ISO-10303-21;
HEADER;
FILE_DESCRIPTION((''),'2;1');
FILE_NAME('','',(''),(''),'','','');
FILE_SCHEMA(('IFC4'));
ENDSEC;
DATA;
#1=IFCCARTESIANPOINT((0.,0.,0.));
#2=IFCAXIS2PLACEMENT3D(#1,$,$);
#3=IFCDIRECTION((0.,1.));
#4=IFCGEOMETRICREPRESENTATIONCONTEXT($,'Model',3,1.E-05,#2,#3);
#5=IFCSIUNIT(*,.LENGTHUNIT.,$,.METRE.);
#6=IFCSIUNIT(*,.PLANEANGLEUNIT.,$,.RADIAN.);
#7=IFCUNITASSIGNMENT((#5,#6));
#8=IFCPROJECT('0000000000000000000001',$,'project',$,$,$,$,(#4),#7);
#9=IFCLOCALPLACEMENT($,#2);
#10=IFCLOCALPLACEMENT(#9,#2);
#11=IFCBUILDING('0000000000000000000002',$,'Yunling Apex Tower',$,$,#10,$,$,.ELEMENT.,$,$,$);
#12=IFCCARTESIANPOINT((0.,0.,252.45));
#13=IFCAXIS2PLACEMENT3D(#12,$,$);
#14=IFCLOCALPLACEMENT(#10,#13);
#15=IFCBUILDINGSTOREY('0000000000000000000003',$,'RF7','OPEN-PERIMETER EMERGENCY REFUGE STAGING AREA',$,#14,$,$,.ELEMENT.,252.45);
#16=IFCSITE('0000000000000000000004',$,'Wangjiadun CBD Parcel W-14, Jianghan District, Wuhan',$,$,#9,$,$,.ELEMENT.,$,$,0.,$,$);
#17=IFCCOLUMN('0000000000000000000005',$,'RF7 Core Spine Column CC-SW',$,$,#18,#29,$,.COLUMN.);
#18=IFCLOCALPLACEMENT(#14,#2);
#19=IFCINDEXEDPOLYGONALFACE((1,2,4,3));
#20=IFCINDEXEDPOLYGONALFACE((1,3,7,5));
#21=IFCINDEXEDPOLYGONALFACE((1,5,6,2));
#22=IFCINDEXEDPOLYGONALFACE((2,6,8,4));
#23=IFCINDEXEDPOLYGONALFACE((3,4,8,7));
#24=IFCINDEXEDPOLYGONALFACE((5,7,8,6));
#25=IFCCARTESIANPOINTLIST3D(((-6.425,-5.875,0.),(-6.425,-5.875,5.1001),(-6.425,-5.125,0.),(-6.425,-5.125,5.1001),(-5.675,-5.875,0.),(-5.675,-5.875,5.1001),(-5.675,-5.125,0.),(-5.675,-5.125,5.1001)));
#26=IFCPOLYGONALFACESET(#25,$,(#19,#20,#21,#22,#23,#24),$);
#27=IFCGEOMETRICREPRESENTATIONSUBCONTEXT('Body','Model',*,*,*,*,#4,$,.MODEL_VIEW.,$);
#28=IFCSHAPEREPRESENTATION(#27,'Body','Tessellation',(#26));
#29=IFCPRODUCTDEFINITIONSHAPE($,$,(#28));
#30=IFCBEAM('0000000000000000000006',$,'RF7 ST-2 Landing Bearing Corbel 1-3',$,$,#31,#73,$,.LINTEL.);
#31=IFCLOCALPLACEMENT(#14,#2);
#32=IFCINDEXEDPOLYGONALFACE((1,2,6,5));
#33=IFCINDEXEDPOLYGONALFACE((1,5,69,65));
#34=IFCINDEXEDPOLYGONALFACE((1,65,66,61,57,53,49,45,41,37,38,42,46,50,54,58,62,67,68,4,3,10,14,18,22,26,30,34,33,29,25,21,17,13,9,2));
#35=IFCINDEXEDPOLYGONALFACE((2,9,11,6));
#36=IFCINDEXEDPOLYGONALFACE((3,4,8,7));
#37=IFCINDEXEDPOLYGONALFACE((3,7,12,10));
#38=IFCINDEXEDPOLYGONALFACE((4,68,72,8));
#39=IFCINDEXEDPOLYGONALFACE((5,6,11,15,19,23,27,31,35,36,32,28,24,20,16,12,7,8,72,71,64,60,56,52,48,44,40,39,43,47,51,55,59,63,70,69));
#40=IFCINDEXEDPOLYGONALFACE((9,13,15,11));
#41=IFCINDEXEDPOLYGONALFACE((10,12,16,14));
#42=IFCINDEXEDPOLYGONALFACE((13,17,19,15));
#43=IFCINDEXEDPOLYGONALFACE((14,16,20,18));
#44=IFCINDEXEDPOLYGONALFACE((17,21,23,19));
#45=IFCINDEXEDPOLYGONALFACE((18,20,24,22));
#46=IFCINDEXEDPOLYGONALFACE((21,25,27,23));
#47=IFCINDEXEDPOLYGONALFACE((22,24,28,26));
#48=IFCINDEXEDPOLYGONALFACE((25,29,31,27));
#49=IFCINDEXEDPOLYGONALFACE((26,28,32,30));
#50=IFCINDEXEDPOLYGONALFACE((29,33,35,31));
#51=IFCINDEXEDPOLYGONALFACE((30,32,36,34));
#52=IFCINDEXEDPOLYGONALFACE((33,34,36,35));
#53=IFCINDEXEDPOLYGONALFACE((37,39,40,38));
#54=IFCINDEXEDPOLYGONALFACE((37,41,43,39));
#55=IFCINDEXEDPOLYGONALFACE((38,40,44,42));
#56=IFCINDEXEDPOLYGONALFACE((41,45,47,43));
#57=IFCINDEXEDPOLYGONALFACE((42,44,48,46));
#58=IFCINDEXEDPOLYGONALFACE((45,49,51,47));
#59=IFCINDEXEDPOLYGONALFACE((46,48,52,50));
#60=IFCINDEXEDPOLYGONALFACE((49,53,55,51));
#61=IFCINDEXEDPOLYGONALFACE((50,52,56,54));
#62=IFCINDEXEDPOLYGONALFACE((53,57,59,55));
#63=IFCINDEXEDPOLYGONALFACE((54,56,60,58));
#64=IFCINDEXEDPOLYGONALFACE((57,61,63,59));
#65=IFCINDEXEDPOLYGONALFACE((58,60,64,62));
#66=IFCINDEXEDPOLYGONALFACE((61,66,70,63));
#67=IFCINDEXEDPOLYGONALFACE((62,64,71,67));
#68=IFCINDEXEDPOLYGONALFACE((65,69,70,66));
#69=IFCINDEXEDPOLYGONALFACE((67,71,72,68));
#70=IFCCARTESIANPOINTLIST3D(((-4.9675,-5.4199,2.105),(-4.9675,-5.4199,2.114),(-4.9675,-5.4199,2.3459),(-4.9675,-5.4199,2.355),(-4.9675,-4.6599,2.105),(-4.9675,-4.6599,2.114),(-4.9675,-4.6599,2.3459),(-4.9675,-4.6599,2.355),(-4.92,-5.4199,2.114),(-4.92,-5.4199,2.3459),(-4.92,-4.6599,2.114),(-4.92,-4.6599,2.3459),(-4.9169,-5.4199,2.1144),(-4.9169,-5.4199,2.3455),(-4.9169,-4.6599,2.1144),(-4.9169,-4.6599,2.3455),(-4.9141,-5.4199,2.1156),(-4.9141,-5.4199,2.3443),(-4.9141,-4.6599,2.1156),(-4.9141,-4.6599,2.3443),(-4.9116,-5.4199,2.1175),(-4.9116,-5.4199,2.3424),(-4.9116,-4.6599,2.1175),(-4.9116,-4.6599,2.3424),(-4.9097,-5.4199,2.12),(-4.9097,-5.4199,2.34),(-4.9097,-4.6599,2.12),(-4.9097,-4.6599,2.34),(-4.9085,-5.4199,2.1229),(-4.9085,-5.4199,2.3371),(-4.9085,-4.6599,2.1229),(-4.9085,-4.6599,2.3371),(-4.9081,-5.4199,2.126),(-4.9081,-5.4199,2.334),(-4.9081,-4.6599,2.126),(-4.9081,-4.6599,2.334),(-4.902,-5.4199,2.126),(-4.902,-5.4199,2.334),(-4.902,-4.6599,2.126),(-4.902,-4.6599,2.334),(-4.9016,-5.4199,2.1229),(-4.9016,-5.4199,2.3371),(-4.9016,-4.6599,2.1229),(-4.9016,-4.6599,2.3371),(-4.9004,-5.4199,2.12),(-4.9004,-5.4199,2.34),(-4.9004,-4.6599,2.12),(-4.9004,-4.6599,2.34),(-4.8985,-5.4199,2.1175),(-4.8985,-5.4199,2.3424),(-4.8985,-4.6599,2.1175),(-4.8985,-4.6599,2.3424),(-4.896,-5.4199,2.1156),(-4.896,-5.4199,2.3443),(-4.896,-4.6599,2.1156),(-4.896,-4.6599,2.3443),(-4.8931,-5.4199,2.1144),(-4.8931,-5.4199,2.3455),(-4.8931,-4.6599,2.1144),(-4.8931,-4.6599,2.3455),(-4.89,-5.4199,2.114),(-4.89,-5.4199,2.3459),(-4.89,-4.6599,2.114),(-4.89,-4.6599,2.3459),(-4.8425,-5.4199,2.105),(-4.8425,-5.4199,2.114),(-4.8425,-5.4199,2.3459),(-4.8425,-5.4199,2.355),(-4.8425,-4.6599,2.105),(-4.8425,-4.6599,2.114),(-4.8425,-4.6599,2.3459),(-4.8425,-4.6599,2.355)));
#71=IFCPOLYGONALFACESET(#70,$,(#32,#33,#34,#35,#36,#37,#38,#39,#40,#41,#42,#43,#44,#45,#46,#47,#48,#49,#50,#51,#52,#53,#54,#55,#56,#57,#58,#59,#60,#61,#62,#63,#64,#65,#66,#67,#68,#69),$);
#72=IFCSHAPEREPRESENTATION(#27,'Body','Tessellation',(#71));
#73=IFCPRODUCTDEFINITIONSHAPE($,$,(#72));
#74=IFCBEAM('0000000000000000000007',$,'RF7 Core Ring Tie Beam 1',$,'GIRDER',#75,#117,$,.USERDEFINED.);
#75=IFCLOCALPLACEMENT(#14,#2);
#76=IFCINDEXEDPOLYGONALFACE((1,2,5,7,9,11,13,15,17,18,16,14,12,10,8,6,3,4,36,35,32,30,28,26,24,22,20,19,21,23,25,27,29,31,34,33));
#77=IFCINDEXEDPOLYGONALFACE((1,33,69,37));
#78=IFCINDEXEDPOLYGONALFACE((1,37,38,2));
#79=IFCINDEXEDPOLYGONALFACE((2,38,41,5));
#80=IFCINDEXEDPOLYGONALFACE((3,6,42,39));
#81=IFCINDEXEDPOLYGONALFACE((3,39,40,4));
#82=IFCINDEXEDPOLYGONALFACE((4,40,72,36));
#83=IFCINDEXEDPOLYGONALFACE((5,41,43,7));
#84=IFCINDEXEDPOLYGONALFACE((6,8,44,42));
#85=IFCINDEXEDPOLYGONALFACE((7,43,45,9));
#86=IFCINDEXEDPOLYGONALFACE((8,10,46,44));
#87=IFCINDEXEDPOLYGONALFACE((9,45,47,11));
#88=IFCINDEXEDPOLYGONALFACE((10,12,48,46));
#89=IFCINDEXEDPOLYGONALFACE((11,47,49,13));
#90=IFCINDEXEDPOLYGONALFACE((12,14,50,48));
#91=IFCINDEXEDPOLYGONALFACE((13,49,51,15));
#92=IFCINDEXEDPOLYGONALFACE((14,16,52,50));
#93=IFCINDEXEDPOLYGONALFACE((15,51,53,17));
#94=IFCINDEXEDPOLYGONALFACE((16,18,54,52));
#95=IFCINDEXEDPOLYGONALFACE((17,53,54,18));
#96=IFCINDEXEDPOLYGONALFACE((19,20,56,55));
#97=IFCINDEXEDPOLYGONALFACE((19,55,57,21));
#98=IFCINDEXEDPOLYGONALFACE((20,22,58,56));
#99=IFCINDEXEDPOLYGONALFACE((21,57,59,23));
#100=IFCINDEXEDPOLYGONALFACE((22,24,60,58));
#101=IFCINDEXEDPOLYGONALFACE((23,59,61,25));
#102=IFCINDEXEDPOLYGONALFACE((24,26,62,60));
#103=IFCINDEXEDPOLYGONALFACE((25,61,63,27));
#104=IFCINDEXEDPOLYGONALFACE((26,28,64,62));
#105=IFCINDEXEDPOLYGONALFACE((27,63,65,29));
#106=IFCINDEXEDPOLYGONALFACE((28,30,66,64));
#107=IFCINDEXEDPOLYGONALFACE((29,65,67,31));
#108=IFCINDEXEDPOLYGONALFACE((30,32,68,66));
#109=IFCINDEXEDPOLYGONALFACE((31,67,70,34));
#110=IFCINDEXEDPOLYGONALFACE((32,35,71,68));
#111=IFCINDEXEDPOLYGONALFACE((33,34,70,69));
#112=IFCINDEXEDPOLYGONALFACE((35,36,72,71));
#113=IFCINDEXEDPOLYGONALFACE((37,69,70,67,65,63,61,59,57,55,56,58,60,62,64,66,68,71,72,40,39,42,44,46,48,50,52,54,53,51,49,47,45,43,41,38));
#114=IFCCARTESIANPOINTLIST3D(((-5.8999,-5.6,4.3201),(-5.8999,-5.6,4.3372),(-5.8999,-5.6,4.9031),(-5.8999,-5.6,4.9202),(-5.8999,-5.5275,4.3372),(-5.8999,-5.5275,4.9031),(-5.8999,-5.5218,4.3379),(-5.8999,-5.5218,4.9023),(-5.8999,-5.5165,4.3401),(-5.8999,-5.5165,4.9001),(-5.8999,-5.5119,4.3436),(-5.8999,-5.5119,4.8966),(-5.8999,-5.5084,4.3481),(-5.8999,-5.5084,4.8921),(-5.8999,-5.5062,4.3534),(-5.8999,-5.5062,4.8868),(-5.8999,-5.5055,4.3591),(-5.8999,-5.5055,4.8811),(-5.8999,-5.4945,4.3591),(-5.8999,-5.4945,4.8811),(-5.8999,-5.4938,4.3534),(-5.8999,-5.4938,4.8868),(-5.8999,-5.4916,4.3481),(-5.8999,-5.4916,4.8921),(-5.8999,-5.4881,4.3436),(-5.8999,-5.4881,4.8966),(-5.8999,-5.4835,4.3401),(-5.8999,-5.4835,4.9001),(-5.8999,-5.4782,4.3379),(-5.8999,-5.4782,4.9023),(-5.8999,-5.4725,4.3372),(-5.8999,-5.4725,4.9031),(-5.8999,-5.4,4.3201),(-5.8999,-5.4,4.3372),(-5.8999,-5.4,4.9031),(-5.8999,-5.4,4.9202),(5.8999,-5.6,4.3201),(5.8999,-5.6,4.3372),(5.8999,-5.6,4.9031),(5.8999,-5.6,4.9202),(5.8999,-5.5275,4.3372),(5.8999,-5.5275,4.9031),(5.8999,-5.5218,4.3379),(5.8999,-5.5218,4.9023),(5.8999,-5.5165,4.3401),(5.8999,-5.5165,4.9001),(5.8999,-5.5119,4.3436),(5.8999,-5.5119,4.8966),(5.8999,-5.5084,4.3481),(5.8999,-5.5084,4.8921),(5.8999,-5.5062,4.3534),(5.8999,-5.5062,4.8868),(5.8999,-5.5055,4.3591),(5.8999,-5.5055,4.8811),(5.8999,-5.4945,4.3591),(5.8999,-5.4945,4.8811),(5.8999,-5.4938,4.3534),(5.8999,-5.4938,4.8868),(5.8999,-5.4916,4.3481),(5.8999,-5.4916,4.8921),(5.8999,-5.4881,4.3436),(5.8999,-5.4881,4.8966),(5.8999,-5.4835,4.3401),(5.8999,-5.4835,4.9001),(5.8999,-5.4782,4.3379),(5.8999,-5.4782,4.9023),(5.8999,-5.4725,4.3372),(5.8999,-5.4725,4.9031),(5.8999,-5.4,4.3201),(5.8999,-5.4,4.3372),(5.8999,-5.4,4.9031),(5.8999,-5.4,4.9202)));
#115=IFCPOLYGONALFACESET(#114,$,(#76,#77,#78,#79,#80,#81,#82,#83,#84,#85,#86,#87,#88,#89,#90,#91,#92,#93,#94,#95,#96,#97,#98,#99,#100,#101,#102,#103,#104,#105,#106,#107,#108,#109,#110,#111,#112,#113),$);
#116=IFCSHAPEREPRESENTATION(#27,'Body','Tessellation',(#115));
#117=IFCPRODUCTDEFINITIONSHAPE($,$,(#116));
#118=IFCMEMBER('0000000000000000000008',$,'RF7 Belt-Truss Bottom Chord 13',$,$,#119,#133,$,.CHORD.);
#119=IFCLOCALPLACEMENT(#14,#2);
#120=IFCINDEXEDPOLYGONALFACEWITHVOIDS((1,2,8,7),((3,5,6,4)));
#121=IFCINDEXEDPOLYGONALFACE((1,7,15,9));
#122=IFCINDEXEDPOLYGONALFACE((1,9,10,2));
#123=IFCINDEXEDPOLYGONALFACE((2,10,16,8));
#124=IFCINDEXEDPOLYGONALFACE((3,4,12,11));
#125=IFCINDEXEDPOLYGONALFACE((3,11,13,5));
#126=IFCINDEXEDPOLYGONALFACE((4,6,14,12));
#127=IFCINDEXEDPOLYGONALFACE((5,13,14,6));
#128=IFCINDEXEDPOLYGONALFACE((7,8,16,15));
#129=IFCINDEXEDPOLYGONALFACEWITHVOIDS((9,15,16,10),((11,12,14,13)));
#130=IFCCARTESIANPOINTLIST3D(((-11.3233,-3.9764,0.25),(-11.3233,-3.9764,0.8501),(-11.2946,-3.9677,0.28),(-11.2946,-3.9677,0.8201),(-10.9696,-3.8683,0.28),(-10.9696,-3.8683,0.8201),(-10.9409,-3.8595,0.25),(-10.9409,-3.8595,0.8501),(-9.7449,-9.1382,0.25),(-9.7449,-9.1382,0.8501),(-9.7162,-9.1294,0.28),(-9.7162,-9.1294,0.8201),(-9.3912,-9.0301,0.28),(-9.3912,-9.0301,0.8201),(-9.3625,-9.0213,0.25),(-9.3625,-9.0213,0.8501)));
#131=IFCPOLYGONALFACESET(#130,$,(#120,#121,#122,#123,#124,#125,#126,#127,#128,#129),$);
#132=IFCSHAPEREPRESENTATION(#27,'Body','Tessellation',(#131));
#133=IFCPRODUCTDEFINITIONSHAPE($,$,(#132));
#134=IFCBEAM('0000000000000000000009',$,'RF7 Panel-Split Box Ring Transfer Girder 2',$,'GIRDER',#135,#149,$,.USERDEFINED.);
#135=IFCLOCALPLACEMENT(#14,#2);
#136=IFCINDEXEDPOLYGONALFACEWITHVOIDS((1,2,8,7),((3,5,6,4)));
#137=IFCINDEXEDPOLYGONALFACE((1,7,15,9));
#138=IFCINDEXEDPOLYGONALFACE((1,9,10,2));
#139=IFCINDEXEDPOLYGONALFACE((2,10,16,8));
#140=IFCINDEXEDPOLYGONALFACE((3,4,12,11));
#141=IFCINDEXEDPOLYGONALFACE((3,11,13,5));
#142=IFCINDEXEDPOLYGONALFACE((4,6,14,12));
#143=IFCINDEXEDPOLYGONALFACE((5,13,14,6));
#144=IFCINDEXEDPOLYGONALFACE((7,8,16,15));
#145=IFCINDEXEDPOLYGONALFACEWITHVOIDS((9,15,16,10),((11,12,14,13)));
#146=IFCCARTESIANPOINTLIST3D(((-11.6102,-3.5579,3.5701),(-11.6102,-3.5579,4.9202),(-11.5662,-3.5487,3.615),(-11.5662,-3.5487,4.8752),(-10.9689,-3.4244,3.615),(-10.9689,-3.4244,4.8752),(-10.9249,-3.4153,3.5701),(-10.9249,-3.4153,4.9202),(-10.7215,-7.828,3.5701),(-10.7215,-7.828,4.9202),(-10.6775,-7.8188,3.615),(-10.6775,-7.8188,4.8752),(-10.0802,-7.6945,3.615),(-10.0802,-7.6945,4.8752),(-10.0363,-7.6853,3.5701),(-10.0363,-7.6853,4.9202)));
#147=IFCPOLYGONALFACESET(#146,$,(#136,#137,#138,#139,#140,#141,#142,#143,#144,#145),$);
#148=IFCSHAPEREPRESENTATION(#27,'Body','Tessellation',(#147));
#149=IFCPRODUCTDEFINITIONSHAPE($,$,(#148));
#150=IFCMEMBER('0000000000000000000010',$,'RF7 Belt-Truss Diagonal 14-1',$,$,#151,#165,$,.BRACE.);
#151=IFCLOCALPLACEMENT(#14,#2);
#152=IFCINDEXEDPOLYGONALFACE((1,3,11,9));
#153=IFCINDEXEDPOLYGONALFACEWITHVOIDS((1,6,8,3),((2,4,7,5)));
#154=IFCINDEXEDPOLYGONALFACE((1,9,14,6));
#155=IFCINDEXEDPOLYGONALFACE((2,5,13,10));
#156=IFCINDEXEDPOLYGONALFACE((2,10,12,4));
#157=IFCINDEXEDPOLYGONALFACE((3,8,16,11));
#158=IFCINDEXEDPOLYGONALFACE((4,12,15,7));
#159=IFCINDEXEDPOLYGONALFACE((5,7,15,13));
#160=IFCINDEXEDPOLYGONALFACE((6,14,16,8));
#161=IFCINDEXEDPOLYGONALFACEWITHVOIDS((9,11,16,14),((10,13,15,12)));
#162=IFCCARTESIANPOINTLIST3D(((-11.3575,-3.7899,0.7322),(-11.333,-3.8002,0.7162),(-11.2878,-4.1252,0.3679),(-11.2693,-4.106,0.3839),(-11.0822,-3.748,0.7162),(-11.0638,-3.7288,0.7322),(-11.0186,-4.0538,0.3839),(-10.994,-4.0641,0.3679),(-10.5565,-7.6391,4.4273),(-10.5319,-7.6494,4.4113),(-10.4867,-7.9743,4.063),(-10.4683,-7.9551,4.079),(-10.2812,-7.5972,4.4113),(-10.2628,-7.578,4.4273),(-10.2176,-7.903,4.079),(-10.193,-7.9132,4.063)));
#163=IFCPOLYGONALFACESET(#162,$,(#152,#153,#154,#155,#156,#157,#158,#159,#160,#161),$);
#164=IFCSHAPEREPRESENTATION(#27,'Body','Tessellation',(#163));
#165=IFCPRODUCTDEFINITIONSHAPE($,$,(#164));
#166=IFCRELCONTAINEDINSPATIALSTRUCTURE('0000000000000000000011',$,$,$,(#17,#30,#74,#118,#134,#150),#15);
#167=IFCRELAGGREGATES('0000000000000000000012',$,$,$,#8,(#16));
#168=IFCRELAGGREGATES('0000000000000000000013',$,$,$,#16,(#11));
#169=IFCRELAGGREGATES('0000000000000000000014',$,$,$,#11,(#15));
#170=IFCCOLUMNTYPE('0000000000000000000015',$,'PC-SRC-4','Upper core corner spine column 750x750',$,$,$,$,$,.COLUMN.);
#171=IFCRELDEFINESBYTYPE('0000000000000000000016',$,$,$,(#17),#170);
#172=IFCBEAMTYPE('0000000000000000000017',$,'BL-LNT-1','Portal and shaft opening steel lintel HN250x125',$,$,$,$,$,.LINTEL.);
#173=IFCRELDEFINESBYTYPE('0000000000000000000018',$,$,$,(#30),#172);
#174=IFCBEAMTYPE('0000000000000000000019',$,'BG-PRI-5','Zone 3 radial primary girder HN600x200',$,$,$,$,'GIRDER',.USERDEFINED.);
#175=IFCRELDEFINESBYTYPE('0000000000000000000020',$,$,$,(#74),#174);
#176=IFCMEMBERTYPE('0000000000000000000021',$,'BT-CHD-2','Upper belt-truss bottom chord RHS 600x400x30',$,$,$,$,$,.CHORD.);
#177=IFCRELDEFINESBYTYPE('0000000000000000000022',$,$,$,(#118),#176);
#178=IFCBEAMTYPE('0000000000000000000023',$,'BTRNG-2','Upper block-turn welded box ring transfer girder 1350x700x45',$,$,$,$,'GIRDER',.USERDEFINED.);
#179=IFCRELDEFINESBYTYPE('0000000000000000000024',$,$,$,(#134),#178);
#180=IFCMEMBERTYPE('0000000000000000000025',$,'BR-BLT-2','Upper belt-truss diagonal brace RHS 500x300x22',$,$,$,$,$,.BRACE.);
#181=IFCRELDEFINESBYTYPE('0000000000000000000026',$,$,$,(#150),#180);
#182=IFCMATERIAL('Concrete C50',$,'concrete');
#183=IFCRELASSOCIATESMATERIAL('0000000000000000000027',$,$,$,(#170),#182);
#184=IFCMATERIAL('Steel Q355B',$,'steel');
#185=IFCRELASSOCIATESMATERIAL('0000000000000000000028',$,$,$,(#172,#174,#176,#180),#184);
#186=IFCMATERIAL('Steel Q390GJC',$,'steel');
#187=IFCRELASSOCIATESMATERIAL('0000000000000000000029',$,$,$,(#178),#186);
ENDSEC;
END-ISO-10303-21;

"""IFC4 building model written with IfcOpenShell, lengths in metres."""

from ifc_helpers import new_model, si_unit, direction, frame, origin, origin_2d, place, context, subcontext, project, spatial, rectangle, hollow_rectangle, i_section, extrude, source, transform, mapped, material, material_profile, profile_set, type_object, element, save


model = new_model("IFC4")

# Units and contexts
model_context = context("Model", 3, precision=1e-05, world=origin(), true_north=direction((0.0, 1.0)))
body_context = subcontext(model_context, "Body", "Model", "MODEL_VIEW")
ifc_project = project(units=[si_unit("LENGTHUNIT", "METRE"), si_unit("PLANEANGLEUNIT", "RADIAN")], contexts=[model_context])

# Site, building, storey
site_placement = place(None, origin())
site = spatial("IfcSite", under=ifc_project, at=site_placement, Name="Wangjiadun CBD Parcel W-14, Jianghan District, Wuhan", CompositionType="ELEMENT", RefElevation=0.0)
building_placement = place(site_placement, origin())
building = spatial("IfcBuilding", under=site, at=building_placement, Name="Yunling Apex Tower", CompositionType="ELEMENT")
storey_placement = place(building_placement, frame((0.0, 0.0, 252.45)))
storey = spatial("IfcBuildingStorey", under=building, at=storey_placement, Name="RF7", Description="OPEN-PERIMETER EMERGENCY REFUGE STAGING AREA", CompositionType="ELEMENT", Elevation=252.45)

# Column
ifc_material_1 = material(Name="Concrete C50", Category="concrete")
ifc_material_profile_1 = material_profile(ifc_material_1, rectangle(XDim=0.75, YDim=0.75, at=origin_2d()))
ifc_profile_set_1 = profile_set([ifc_material_profile_1], Name="Concrete C50")
column_type = type_object("IfcColumnType", Name="PC-SRC-4", Description="Upper core corner spine column 750x750", PredefinedType="COLUMN", material=ifc_profile_set_1)
shared_shape_1 = source(origin(), body_context, "Body", "SweptSolid", [
    extrude(rectangle(XDim=0.75, YDim=0.75, at=origin_2d()), origin(), (0.0, 0.0, 1.0), 5.1001),
])
column_placement = place(storey_placement, frame((-6.05, -5.5, 0.0), z_axis=(0.0, 0.0, 1.0), x_axis=(1.0, 0.0, 0.0)))
element("IfcColumn", 1, at=column_placement, inside=storey, type_object=column_type, Name="RF7 Core Spine Column CC-SW", PredefinedType="COLUMN", context=body_context, shape_type="MappedRepresentation", body=[
    mapped(shared_shape_1, transform((0.0, 0.0, 0.0), scale=1.0)),
])

# Beams
ifc_material_2 = material(Name="Steel Q355B", Category="steel")
ifc_material_profile_2 = material_profile(ifc_material_2, i_section(OverallWidth=0.125, OverallDepth=0.25, WebThickness=0.0061, FlangeThickness=0.009, FilletRadius=0.012, at=origin_2d()))
ifc_profile_set_2 = profile_set([ifc_material_profile_2], Name="Steel Q355B")
beam_type_1 = type_object("IfcBeamType", Name="BL-LNT-1", Description="Portal and shaft opening steel lintel HN250x125", PredefinedType="LINTEL", material=ifc_profile_set_2)
shared_shape_2 = source(origin(), body_context, "Body", "SweptSolid", [
    extrude(i_section(OverallWidth=0.125, OverallDepth=0.25, WebThickness=0.0061, FlangeThickness=0.009, FilletRadius=0.012, at=origin_2d()), origin(), (0.0, 0.0, 1.0), 0.76),
])
beam_1_placement = place(storey_placement, frame((-4.905, -5.4199, 2.23), z_axis=(0.0, 1.0, 0.0), x_axis=(-1.0, 0.0, 0.0)))
element("IfcBeam", 2, at=beam_1_placement, inside=storey, type_object=beam_type_1, Name="RF7 ST-2 Landing Bearing Corbel 1-3", PredefinedType="LINTEL", context=body_context, shape_type="MappedRepresentation", body=[
    mapped(shared_shape_2, transform((0.0, 0.0, 0.0), scale=1.0)),
])
ifc_material_profile_3 = material_profile(ifc_material_2, i_section(OverallWidth=0.2, OverallDepth=0.6001, WebThickness=0.011, FlangeThickness=0.0171, FilletRadius=0.022, at=origin_2d()))
ifc_profile_set_3 = profile_set([ifc_material_profile_3], Name="Steel Q355B")
beam_type_2 = type_object("IfcBeamType", Name="BG-PRI-5", Description="Zone 3 radial primary girder HN600x200", ElementType="GIRDER", PredefinedType="USERDEFINED", material=ifc_profile_set_3)
shared_shape_3 = source(origin(), body_context, "Body", "SweptSolid", [
    extrude(i_section(OverallWidth=0.2, OverallDepth=0.6001, WebThickness=0.011, FlangeThickness=0.0171, FilletRadius=0.022, at=origin_2d()), origin(), (0.0, 0.0, 1.0), 11.7998),
])
beam_2_placement = place(storey_placement, frame((-5.8999, -5.5, 4.6201), z_axis=(1.0, 0.0, 0.0), x_axis=(0.0, 1.0, 0.0)))
element("IfcBeam", 3, at=beam_2_placement, inside=storey, type_object=beam_type_2, Name="RF7 Core Ring Tie Beam 1", ObjectType="GIRDER", PredefinedType="USERDEFINED", context=body_context, shape_type="MappedRepresentation", body=[
    mapped(shared_shape_3, transform((0.0, 0.0, 0.0), scale=1.0)),
])

# Member
ifc_material_profile_4 = material_profile(ifc_material_2, hollow_rectangle(XDim=0.3999, YDim=0.6001, WallThickness=0.03, at=origin_2d()))
ifc_profile_set_4 = profile_set([ifc_material_profile_4], Name="Steel Q355B")
member_type_1 = type_object("IfcMemberType", Name="BT-CHD-2", Description="Upper belt-truss bottom chord RHS 600x400x30", PredefinedType="CHORD", material=ifc_profile_set_4)
shared_shape_4 = source(origin(), body_context, "Body", "SweptSolid", [
    extrude(hollow_rectangle(XDim=0.3999, YDim=0.6001, WallThickness=0.03, at=origin_2d()), origin(), (0.0, 0.0, 1.0), 5.3977),
])
member_1_placement = place(storey_placement, frame((-11.1321, -3.918, 0.55), z_axis=(0.29241, -0.956293, 0.0), x_axis=(0.956293, 0.29241, 0.0)))
element("IfcMember", 4, at=member_1_placement, inside=storey, type_object=member_type_1, Name="RF7 Belt-Truss Bottom Chord 13", PredefinedType="CHORD", context=body_context, shape_type="MappedRepresentation", body=[
    mapped(shared_shape_4, transform((0.0, 0.0, 0.0), scale=1.0)),
])

# Beam
ifc_material_3 = material(Name="Steel Q390GJC", Category="steel")
ifc_material_profile_5 = material_profile(ifc_material_3, hollow_rectangle(XDim=0.7, YDim=1.3501, WallThickness=0.0449, at=origin_2d()))
ifc_profile_set_5 = profile_set([ifc_material_profile_5], Name="Steel Q390GJC")
beam_type_3 = type_object("IfcBeamType", Name="BTRNG-2", Description="Upper block-turn welded box ring transfer girder 1350x700x45", ElementType="GIRDER", PredefinedType="USERDEFINED", material=ifc_profile_set_5)
shared_shape_5 = source(origin(), body_context, "Body", "SweptSolid", [
    extrude(hollow_rectangle(XDim=0.7, YDim=1.3501, WallThickness=0.0449, at=origin_2d()), origin(), (0.0, 0.0, 1.0), 4.3616),
])
beam_3_placement = place(storey_placement, frame((-11.2676, -3.4866, 4.2451), z_axis=(0.203753, -0.979022, 0.0), x_axis=(0.979022, 0.203753, 0.0)))
element("IfcBeam", 5, at=beam_3_placement, inside=storey, type_object=beam_type_3, Name="RF7 Panel-Split Box Ring Transfer Girder 2", ObjectType="GIRDER", PredefinedType="USERDEFINED", context=body_context, shape_type="MappedRepresentation", body=[
    mapped(shared_shape_5, transform((0.0, 0.0, 0.0), scale=1.0)),
])

# Member
ifc_material_profile_6 = material_profile(ifc_material_2, hollow_rectangle(XDim=0.3, YDim=0.5, WallThickness=0.022, at=origin_2d()))
ifc_profile_set_6 = profile_set([ifc_material_profile_6], Name="Steel Q355B")
member_type_2 = type_object("IfcMemberType", Name="BR-BLT-2", Description="Upper belt-truss diagonal brace RHS 500x300x22", PredefinedType="BRACE", material=ifc_profile_set_6)
shared_shape_6 = source(origin(), body_context, "Body", "SweptSolid", [
    extrude(hollow_rectangle(XDim=0.3, YDim=0.5, WallThickness=0.022, at=origin_2d()), origin(), (0.0, 0.0, 1.0), 5.3955),
])
member_2_placement = place(storey_placement, frame((-11.1758, -3.927, 0.55), z_axis=(0.148463, -0.713401, 0.684849), x_axis=(0.979025, 0.203741, 0.0)))
element("IfcMember", 6, at=member_2_placement, inside=storey, type_object=member_type_2, Name="RF7 Belt-Truss Diagonal 14-1", PredefinedType="BRACE", context=body_context, shape_type="MappedRepresentation", body=[
    mapped(shared_shape_6, transform((0.0, 0.0, 0.0), scale=1.0)),
])

save(model, "model.ifc")
